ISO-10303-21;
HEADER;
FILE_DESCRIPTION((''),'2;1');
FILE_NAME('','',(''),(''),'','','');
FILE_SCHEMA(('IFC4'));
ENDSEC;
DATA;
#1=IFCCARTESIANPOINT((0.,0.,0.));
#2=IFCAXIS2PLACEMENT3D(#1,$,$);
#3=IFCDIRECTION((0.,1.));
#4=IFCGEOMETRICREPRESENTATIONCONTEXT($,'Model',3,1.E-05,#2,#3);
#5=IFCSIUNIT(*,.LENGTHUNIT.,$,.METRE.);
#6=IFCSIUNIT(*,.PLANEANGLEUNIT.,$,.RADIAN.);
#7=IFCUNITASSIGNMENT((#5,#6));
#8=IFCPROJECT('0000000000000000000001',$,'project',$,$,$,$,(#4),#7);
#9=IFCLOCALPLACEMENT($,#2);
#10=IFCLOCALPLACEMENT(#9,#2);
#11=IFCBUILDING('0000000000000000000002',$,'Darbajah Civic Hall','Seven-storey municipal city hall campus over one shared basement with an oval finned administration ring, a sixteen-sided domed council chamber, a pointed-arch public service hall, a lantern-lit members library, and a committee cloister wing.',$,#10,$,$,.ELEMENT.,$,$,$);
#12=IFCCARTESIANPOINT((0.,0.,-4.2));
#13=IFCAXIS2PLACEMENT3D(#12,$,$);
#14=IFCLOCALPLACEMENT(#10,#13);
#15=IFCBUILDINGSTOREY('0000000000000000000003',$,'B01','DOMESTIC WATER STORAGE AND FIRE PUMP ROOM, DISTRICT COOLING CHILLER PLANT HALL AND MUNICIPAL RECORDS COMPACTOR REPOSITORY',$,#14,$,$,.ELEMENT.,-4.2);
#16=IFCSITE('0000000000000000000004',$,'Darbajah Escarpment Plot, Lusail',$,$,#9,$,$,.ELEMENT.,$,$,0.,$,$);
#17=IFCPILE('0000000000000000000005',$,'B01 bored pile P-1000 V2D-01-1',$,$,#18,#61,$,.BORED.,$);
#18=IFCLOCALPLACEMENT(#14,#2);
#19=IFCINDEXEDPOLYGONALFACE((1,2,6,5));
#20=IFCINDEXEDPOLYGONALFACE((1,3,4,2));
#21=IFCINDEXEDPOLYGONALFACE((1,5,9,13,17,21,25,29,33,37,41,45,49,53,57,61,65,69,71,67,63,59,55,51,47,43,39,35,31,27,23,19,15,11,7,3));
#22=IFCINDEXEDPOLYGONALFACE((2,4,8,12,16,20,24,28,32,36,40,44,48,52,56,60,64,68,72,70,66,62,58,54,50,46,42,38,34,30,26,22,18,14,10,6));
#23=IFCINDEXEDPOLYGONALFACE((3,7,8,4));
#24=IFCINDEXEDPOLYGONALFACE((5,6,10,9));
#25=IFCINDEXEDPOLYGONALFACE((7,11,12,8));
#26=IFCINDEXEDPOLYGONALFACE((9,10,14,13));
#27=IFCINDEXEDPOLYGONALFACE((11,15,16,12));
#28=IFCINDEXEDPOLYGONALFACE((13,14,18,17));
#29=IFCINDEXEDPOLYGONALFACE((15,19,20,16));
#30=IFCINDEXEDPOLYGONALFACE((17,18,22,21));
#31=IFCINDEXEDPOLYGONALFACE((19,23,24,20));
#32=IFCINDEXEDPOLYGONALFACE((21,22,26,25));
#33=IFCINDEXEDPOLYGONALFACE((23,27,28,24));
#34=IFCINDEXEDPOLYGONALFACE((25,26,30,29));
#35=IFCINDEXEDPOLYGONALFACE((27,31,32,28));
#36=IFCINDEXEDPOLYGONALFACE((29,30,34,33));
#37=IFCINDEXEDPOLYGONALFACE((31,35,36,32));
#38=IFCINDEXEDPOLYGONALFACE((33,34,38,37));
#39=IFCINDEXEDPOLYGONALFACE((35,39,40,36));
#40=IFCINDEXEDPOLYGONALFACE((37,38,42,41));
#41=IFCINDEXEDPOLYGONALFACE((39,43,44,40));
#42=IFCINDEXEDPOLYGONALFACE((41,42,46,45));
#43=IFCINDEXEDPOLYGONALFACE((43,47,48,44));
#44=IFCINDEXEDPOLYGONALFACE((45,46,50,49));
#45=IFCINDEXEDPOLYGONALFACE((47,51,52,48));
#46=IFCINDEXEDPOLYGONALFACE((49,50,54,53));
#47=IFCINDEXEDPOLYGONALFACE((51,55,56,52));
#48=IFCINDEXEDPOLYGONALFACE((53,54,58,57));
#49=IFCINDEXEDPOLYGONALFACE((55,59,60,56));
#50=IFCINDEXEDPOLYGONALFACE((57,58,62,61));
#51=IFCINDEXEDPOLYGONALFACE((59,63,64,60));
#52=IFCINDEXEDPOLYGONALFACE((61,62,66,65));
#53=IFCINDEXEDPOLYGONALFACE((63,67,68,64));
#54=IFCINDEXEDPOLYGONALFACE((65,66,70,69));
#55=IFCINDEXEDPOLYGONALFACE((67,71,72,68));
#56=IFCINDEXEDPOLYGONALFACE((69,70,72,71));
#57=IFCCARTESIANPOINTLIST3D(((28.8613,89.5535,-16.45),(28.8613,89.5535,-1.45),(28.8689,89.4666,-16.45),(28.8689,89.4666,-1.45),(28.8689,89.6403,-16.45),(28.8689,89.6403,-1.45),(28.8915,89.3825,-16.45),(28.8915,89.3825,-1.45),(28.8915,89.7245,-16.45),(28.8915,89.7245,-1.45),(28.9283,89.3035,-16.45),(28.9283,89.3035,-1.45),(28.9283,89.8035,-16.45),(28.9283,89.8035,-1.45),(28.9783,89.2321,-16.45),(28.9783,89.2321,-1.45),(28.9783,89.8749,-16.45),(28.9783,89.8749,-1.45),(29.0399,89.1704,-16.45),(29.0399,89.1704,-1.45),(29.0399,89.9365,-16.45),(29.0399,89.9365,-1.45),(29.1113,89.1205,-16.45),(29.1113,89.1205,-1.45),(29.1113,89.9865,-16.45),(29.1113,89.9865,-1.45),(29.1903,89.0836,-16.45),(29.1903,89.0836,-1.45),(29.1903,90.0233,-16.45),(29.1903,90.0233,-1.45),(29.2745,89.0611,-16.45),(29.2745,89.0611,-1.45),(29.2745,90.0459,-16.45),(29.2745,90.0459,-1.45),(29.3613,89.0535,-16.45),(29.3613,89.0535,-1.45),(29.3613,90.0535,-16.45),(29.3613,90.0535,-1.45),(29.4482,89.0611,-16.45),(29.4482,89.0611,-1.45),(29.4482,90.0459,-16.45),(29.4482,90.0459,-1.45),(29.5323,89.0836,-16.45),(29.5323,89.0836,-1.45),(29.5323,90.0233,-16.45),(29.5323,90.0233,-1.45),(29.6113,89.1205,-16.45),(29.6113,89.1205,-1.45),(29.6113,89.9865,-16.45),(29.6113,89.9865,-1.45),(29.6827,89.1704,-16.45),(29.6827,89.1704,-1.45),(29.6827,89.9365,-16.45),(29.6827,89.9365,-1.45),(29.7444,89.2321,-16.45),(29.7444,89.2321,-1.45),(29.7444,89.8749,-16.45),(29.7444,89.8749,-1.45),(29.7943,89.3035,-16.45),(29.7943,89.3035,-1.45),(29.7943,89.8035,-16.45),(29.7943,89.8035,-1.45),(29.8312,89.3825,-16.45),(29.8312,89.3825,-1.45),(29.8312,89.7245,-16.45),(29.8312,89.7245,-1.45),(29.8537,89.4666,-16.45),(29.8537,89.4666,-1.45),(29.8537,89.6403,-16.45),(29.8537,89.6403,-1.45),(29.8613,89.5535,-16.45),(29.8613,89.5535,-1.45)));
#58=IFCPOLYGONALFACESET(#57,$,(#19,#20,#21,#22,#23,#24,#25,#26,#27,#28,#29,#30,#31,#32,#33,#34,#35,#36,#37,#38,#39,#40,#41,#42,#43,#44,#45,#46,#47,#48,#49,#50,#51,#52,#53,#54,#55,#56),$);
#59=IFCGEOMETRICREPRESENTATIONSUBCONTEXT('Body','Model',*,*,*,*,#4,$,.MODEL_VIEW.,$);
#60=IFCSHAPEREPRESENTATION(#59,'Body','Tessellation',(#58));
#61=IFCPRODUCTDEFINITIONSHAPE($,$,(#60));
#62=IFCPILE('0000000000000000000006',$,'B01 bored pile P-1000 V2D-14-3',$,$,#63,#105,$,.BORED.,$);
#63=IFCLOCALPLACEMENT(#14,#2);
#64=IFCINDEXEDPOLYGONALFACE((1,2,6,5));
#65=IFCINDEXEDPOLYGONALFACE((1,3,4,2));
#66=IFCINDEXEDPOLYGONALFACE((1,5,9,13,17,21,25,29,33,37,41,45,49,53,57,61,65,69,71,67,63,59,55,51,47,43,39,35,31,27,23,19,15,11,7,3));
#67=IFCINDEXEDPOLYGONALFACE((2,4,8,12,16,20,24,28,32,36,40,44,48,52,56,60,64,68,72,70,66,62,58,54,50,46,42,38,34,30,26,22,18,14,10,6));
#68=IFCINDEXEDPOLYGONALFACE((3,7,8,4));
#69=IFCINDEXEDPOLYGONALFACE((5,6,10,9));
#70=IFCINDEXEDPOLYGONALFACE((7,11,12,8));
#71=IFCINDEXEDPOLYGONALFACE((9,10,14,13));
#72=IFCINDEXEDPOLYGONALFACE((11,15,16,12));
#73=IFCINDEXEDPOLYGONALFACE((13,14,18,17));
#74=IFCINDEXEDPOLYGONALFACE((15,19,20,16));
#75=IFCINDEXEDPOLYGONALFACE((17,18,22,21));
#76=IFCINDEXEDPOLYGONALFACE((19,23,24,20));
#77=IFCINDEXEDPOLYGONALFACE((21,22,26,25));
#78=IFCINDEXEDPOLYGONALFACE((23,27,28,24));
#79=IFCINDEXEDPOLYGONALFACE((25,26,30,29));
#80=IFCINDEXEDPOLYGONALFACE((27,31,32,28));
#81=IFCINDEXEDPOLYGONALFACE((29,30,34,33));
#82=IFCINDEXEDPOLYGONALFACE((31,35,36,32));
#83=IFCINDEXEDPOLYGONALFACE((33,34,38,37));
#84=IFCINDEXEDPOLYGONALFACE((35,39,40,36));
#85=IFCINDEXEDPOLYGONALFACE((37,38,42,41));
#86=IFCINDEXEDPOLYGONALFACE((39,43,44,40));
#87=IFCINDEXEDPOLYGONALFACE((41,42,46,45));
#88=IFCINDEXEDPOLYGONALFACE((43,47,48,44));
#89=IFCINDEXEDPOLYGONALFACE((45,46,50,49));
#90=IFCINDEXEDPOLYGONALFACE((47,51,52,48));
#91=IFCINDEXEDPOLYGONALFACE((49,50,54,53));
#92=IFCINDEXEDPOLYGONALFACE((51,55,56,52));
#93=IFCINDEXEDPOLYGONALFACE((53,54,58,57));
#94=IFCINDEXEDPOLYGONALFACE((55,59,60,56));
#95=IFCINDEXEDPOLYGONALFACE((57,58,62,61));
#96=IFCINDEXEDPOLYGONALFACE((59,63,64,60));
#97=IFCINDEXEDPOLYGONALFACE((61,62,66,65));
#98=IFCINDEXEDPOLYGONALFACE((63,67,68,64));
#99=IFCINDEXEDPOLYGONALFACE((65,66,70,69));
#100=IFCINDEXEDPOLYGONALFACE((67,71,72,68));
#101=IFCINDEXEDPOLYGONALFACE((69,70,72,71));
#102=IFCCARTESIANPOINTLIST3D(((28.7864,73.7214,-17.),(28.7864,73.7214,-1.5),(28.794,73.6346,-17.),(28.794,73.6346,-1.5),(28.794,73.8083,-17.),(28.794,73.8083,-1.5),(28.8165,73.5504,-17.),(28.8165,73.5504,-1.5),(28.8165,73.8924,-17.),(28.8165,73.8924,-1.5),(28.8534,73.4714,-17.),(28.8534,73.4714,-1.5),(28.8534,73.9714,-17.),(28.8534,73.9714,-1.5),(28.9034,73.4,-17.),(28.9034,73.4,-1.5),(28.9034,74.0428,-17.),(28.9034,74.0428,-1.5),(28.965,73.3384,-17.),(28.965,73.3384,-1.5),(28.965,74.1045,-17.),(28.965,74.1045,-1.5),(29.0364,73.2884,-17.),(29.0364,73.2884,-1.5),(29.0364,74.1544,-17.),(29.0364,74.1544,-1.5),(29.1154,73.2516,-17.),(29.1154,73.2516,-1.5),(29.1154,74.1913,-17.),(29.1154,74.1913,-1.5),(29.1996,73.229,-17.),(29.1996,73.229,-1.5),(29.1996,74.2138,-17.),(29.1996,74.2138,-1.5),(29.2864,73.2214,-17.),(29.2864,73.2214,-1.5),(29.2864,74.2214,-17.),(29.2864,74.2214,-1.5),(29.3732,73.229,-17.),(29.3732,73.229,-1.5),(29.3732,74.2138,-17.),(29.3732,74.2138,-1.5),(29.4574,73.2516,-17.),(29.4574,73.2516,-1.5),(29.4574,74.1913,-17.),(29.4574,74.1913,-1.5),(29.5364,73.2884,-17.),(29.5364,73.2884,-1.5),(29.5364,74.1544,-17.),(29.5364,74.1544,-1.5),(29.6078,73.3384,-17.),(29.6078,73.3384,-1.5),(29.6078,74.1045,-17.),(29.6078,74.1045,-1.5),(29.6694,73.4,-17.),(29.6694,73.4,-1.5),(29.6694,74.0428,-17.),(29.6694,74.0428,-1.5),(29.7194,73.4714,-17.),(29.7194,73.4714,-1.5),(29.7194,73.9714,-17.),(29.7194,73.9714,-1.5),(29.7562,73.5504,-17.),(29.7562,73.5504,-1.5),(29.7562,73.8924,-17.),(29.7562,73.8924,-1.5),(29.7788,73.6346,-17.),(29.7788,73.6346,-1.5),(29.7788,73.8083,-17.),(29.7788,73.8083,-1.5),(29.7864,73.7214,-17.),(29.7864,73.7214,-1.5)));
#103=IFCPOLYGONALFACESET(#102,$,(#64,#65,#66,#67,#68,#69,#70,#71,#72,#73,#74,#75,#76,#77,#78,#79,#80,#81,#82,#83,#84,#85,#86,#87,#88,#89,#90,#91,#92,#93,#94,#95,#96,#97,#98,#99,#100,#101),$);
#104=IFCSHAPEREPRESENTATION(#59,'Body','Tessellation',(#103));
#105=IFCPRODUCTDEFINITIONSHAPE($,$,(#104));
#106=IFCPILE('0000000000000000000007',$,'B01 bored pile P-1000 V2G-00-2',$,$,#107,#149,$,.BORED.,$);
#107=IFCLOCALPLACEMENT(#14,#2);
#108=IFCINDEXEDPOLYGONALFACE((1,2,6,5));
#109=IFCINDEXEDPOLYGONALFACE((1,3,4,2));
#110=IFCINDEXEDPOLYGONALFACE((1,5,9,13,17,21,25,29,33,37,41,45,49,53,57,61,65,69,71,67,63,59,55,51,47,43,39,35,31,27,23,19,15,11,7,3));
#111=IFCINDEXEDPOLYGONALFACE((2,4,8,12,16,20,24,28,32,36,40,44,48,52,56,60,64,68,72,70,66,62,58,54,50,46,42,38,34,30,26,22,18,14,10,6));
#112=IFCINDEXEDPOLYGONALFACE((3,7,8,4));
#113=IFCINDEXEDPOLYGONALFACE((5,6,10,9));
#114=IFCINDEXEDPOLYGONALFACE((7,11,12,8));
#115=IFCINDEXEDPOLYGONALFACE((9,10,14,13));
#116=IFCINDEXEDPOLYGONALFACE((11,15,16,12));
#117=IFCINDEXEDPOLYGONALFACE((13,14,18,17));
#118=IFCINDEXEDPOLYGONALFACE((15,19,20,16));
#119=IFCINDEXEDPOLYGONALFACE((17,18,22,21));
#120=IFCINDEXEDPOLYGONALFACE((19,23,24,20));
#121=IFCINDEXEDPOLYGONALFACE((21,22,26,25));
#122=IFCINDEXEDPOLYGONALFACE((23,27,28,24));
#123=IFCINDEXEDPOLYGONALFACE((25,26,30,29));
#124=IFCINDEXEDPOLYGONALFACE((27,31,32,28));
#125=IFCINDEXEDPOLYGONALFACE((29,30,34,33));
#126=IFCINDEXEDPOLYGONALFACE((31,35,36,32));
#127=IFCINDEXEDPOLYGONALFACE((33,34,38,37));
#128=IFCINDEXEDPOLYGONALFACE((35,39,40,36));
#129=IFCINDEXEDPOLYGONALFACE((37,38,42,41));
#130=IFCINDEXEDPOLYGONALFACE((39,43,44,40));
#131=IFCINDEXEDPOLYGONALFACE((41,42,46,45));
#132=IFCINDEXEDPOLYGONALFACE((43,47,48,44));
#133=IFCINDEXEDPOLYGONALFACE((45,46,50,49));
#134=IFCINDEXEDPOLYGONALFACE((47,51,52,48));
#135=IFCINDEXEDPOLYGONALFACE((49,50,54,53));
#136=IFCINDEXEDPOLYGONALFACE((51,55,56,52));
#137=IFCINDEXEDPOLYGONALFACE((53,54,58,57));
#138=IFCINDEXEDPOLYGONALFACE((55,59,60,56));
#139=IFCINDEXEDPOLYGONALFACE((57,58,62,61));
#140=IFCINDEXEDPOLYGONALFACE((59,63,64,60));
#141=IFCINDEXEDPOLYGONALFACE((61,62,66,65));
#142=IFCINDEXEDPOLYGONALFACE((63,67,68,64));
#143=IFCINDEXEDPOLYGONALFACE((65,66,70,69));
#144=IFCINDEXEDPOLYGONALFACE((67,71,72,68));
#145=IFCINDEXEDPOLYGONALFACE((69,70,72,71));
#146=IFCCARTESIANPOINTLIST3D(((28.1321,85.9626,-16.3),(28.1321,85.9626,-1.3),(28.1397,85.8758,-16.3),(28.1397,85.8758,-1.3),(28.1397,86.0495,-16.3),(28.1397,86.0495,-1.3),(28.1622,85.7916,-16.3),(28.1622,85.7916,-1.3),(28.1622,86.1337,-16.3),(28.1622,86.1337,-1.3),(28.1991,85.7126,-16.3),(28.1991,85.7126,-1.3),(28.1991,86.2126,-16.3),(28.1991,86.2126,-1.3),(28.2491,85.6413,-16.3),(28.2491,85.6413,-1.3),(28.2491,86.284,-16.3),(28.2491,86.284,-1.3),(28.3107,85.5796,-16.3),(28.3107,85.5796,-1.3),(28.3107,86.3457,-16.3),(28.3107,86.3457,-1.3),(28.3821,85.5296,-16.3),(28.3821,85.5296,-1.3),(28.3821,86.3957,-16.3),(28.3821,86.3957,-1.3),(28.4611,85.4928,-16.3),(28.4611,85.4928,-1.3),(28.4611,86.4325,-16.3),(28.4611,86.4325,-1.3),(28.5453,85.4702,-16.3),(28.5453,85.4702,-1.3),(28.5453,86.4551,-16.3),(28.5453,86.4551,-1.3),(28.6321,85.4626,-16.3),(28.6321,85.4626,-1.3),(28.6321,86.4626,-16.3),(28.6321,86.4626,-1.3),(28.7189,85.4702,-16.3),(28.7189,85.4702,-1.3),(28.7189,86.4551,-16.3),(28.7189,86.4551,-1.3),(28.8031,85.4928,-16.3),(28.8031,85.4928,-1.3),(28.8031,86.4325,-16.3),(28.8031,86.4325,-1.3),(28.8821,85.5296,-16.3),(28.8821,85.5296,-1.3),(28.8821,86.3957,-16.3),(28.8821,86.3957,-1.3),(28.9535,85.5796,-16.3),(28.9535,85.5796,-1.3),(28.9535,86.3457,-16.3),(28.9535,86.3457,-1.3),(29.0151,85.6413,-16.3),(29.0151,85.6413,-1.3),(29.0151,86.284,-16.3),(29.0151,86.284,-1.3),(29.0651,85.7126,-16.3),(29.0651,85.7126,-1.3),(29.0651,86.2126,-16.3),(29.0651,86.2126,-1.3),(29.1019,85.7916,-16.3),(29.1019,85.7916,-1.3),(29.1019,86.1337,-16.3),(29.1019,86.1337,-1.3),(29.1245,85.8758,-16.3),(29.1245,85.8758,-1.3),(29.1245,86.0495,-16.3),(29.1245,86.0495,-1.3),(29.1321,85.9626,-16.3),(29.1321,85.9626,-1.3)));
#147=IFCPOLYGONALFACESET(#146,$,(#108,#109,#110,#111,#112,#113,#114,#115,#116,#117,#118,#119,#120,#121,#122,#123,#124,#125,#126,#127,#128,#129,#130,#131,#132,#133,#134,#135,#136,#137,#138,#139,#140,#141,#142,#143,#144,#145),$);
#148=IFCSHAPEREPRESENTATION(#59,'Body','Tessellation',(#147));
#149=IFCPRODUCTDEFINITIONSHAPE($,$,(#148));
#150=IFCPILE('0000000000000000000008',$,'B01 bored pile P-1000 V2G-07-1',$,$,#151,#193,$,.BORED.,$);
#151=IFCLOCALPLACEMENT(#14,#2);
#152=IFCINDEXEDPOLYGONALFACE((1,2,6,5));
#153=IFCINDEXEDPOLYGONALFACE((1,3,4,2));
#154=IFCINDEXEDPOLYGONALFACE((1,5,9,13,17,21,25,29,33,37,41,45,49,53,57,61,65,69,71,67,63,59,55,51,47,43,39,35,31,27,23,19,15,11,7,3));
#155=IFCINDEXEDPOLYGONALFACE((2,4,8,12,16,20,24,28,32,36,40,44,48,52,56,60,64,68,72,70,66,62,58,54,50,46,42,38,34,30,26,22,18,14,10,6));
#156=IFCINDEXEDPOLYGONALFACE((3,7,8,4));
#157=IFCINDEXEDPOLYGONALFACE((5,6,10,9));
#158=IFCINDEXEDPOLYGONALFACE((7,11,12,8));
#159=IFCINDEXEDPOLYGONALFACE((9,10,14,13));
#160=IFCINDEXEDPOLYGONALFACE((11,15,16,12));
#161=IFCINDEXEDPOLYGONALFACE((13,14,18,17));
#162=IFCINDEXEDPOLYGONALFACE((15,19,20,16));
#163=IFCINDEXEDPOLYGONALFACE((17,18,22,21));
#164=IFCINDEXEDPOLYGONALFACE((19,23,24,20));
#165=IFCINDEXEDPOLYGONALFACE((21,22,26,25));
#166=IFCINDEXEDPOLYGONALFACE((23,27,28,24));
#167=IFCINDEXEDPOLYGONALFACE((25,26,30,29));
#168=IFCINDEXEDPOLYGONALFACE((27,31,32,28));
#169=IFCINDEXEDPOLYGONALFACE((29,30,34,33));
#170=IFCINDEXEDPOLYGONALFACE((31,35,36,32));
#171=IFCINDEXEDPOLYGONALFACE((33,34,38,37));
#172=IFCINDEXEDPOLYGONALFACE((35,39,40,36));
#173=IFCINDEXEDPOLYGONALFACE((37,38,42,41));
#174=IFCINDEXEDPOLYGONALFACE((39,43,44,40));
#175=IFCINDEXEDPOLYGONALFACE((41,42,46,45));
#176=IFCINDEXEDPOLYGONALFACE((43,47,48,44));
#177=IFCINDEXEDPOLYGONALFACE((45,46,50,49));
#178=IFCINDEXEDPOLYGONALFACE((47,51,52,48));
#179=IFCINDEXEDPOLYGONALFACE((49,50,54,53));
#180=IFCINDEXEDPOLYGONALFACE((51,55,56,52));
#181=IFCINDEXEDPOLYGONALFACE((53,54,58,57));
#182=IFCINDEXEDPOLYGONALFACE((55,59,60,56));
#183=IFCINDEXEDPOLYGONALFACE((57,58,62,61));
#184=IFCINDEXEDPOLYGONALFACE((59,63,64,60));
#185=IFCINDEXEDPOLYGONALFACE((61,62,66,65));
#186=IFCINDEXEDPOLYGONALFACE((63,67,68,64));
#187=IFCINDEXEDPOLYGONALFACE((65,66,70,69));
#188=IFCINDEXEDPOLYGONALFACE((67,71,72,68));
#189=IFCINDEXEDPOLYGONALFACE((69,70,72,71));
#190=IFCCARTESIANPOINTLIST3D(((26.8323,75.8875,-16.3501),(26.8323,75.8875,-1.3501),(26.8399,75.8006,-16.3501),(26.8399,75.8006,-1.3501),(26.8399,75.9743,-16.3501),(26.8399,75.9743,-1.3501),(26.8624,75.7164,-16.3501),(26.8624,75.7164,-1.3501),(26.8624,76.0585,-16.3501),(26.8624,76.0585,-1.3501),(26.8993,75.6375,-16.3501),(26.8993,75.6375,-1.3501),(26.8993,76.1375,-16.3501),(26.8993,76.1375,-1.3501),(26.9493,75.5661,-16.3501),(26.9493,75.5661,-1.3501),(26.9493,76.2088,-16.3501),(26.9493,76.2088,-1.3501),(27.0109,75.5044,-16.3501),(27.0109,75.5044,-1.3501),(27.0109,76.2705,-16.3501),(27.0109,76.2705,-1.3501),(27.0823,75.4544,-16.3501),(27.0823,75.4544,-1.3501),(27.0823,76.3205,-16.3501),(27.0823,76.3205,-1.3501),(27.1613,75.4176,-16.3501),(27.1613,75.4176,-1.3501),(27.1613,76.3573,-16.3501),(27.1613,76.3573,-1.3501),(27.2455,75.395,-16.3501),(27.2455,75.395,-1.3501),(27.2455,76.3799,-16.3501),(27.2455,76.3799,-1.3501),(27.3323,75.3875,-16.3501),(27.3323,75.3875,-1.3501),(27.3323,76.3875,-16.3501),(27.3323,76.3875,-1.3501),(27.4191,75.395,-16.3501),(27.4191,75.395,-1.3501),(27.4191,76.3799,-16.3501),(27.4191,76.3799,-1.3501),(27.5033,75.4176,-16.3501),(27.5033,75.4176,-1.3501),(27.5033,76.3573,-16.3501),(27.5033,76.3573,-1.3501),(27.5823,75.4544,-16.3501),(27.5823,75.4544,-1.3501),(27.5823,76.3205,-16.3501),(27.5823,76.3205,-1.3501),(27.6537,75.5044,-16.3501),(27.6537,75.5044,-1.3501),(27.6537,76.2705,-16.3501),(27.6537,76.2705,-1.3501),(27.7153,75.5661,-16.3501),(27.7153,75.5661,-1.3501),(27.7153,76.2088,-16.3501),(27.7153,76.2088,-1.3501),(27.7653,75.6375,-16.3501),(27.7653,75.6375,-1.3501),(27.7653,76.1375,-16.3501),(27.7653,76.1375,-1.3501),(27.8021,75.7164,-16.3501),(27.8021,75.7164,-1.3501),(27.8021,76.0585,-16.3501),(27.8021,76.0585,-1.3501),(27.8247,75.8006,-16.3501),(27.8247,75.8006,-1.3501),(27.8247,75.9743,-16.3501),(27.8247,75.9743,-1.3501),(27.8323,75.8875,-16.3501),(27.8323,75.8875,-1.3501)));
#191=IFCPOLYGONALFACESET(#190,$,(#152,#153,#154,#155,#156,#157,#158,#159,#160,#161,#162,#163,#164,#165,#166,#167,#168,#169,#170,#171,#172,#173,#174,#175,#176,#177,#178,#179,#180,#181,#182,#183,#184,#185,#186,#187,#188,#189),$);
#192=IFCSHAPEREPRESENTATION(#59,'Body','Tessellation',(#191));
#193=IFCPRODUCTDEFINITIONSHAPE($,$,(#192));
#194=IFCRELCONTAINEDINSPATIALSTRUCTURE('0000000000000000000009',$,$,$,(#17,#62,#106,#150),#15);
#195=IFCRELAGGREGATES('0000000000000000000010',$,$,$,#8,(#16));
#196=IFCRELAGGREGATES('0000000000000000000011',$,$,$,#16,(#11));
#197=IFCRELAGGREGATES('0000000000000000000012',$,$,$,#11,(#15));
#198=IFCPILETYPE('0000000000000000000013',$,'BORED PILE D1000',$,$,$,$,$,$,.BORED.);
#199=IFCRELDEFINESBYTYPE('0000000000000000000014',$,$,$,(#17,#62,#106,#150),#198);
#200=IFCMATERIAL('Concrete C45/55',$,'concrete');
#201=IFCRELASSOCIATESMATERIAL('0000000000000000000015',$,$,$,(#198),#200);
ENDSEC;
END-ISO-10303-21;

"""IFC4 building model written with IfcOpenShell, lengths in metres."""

from ifc_helpers import new_model, si_unit, direction, frame, origin, origin_2d, place, context, subcontext, project, spatial, circle, extrude, material, material_profile, profile_set, type_object, element, save


model = new_model("IFC4")

# Units and contexts
model_context = context("Model", 3, precision=1e-05, world=origin(), true_north=direction((0.0, 1.0)))
body_context = subcontext(model_context, "Body", "Model", "MODEL_VIEW")
ifc_project = project(units=[si_unit("LENGTHUNIT", "METRE"), si_unit("PLANEANGLEUNIT", "RADIAN")], contexts=[model_context])

# Site, building, storey
site_placement = place(None, origin())
site = spatial("IfcSite", under=ifc_project, at=site_placement, Name="Darbajah Escarpment Plot, Lusail", CompositionType="ELEMENT", RefElevation=0.0)
building_placement = place(site_placement, origin())
building = spatial("IfcBuilding", under=site, at=building_placement, Name="Darbajah Civic Hall", Description="Seven-storey municipal city hall campus over one shared basement with an oval finned administration ring, a sixteen-sided domed council chamber, a pointed-arch public service hall, a lantern-lit members library, and a committee cloister wing.", CompositionType="ELEMENT")
storey_placement = place(building_placement, frame((0.0, 0.0, -4.2)))
storey = spatial("IfcBuildingStorey", under=building, at=storey_placement, Name="B01", Description="DOMESTIC WATER STORAGE AND FIRE PUMP ROOM, DISTRICT COOLING CHILLER PLANT HALL AND MUNICIPAL RECORDS COMPACTOR REPOSITORY", CompositionType="ELEMENT", Elevation=-4.2)

# Piles
ifc_material_1 = material(Name="Concrete C45/55", Category="concrete")
ifc_material_profile_1 = material_profile(ifc_material_1, circle(Radius=0.5, at=origin_2d()), Name="BORED PILE D1000")
ifc_profile_set_1 = profile_set([ifc_material_profile_1], Name="Concrete C45/55")
pile_type = type_object("IfcPileType", Name="BORED PILE D1000", PredefinedType="BORED", material=ifc_profile_set_1)
pile_1_placement = place(storey_placement, frame((29.3613, 89.5535, -1.45), z_axis=(0.0, 0.0, -1.0), x_axis=(1.0, 0.0, 0.0)))
element("IfcPile", 1, at=pile_1_placement, inside=storey, type_object=pile_type, Name="B01 bored pile P-1000 V2D-01-1", PredefinedType="BORED", context=body_context, shape_type="SweptSolid", body=[
    extrude(circle(Radius=0.5, at=origin_2d()), origin(), (0.0, 0.0, 1.0), 15.0),
])
pile_2_placement = place(storey_placement, frame((29.2864, 73.7214, -1.5), z_axis=(0.0, 0.0, -1.0), x_axis=(1.0, 0.0, 0.0)))
element("IfcPile", 2, at=pile_2_placement, inside=storey, type_object=pile_type, Name="B01 bored pile P-1000 V2D-14-3", PredefinedType="BORED", context=body_context, shape_type="SweptSolid", body=[
    extrude(circle(Radius=0.5, at=origin_2d()), origin(), (0.0, 0.0, 1.0), 15.5),
])
for number, where, z_axis, x_axis, name in (
    (3, (28.6321, 85.9626, -1.3), (0.0, 0.0, -1.0), (1.0, 0.0, 0.0), "B01 bored pile P-1000 V2G-00-2"),
    (4, (27.3323, 75.8875, -1.3501), (0.0, 0.0, -1.0), (1.0, 0.0, 0.0), "B01 bored pile P-1000 V2G-07-1"),
):
    element("IfcPile", number, at=place(storey_placement, frame(where, z_axis=z_axis, x_axis=x_axis)), inside=storey, type_object=pile_type, Name=name, PredefinedType="BORED", context=body_context, shape_type="SweptSolid", body=[
        extrude(circle(Radius=0.5, at=origin_2d()), origin(), (0.0, 0.0, 1.0), 15.0),
    ])

save(model, "model.ifc")
